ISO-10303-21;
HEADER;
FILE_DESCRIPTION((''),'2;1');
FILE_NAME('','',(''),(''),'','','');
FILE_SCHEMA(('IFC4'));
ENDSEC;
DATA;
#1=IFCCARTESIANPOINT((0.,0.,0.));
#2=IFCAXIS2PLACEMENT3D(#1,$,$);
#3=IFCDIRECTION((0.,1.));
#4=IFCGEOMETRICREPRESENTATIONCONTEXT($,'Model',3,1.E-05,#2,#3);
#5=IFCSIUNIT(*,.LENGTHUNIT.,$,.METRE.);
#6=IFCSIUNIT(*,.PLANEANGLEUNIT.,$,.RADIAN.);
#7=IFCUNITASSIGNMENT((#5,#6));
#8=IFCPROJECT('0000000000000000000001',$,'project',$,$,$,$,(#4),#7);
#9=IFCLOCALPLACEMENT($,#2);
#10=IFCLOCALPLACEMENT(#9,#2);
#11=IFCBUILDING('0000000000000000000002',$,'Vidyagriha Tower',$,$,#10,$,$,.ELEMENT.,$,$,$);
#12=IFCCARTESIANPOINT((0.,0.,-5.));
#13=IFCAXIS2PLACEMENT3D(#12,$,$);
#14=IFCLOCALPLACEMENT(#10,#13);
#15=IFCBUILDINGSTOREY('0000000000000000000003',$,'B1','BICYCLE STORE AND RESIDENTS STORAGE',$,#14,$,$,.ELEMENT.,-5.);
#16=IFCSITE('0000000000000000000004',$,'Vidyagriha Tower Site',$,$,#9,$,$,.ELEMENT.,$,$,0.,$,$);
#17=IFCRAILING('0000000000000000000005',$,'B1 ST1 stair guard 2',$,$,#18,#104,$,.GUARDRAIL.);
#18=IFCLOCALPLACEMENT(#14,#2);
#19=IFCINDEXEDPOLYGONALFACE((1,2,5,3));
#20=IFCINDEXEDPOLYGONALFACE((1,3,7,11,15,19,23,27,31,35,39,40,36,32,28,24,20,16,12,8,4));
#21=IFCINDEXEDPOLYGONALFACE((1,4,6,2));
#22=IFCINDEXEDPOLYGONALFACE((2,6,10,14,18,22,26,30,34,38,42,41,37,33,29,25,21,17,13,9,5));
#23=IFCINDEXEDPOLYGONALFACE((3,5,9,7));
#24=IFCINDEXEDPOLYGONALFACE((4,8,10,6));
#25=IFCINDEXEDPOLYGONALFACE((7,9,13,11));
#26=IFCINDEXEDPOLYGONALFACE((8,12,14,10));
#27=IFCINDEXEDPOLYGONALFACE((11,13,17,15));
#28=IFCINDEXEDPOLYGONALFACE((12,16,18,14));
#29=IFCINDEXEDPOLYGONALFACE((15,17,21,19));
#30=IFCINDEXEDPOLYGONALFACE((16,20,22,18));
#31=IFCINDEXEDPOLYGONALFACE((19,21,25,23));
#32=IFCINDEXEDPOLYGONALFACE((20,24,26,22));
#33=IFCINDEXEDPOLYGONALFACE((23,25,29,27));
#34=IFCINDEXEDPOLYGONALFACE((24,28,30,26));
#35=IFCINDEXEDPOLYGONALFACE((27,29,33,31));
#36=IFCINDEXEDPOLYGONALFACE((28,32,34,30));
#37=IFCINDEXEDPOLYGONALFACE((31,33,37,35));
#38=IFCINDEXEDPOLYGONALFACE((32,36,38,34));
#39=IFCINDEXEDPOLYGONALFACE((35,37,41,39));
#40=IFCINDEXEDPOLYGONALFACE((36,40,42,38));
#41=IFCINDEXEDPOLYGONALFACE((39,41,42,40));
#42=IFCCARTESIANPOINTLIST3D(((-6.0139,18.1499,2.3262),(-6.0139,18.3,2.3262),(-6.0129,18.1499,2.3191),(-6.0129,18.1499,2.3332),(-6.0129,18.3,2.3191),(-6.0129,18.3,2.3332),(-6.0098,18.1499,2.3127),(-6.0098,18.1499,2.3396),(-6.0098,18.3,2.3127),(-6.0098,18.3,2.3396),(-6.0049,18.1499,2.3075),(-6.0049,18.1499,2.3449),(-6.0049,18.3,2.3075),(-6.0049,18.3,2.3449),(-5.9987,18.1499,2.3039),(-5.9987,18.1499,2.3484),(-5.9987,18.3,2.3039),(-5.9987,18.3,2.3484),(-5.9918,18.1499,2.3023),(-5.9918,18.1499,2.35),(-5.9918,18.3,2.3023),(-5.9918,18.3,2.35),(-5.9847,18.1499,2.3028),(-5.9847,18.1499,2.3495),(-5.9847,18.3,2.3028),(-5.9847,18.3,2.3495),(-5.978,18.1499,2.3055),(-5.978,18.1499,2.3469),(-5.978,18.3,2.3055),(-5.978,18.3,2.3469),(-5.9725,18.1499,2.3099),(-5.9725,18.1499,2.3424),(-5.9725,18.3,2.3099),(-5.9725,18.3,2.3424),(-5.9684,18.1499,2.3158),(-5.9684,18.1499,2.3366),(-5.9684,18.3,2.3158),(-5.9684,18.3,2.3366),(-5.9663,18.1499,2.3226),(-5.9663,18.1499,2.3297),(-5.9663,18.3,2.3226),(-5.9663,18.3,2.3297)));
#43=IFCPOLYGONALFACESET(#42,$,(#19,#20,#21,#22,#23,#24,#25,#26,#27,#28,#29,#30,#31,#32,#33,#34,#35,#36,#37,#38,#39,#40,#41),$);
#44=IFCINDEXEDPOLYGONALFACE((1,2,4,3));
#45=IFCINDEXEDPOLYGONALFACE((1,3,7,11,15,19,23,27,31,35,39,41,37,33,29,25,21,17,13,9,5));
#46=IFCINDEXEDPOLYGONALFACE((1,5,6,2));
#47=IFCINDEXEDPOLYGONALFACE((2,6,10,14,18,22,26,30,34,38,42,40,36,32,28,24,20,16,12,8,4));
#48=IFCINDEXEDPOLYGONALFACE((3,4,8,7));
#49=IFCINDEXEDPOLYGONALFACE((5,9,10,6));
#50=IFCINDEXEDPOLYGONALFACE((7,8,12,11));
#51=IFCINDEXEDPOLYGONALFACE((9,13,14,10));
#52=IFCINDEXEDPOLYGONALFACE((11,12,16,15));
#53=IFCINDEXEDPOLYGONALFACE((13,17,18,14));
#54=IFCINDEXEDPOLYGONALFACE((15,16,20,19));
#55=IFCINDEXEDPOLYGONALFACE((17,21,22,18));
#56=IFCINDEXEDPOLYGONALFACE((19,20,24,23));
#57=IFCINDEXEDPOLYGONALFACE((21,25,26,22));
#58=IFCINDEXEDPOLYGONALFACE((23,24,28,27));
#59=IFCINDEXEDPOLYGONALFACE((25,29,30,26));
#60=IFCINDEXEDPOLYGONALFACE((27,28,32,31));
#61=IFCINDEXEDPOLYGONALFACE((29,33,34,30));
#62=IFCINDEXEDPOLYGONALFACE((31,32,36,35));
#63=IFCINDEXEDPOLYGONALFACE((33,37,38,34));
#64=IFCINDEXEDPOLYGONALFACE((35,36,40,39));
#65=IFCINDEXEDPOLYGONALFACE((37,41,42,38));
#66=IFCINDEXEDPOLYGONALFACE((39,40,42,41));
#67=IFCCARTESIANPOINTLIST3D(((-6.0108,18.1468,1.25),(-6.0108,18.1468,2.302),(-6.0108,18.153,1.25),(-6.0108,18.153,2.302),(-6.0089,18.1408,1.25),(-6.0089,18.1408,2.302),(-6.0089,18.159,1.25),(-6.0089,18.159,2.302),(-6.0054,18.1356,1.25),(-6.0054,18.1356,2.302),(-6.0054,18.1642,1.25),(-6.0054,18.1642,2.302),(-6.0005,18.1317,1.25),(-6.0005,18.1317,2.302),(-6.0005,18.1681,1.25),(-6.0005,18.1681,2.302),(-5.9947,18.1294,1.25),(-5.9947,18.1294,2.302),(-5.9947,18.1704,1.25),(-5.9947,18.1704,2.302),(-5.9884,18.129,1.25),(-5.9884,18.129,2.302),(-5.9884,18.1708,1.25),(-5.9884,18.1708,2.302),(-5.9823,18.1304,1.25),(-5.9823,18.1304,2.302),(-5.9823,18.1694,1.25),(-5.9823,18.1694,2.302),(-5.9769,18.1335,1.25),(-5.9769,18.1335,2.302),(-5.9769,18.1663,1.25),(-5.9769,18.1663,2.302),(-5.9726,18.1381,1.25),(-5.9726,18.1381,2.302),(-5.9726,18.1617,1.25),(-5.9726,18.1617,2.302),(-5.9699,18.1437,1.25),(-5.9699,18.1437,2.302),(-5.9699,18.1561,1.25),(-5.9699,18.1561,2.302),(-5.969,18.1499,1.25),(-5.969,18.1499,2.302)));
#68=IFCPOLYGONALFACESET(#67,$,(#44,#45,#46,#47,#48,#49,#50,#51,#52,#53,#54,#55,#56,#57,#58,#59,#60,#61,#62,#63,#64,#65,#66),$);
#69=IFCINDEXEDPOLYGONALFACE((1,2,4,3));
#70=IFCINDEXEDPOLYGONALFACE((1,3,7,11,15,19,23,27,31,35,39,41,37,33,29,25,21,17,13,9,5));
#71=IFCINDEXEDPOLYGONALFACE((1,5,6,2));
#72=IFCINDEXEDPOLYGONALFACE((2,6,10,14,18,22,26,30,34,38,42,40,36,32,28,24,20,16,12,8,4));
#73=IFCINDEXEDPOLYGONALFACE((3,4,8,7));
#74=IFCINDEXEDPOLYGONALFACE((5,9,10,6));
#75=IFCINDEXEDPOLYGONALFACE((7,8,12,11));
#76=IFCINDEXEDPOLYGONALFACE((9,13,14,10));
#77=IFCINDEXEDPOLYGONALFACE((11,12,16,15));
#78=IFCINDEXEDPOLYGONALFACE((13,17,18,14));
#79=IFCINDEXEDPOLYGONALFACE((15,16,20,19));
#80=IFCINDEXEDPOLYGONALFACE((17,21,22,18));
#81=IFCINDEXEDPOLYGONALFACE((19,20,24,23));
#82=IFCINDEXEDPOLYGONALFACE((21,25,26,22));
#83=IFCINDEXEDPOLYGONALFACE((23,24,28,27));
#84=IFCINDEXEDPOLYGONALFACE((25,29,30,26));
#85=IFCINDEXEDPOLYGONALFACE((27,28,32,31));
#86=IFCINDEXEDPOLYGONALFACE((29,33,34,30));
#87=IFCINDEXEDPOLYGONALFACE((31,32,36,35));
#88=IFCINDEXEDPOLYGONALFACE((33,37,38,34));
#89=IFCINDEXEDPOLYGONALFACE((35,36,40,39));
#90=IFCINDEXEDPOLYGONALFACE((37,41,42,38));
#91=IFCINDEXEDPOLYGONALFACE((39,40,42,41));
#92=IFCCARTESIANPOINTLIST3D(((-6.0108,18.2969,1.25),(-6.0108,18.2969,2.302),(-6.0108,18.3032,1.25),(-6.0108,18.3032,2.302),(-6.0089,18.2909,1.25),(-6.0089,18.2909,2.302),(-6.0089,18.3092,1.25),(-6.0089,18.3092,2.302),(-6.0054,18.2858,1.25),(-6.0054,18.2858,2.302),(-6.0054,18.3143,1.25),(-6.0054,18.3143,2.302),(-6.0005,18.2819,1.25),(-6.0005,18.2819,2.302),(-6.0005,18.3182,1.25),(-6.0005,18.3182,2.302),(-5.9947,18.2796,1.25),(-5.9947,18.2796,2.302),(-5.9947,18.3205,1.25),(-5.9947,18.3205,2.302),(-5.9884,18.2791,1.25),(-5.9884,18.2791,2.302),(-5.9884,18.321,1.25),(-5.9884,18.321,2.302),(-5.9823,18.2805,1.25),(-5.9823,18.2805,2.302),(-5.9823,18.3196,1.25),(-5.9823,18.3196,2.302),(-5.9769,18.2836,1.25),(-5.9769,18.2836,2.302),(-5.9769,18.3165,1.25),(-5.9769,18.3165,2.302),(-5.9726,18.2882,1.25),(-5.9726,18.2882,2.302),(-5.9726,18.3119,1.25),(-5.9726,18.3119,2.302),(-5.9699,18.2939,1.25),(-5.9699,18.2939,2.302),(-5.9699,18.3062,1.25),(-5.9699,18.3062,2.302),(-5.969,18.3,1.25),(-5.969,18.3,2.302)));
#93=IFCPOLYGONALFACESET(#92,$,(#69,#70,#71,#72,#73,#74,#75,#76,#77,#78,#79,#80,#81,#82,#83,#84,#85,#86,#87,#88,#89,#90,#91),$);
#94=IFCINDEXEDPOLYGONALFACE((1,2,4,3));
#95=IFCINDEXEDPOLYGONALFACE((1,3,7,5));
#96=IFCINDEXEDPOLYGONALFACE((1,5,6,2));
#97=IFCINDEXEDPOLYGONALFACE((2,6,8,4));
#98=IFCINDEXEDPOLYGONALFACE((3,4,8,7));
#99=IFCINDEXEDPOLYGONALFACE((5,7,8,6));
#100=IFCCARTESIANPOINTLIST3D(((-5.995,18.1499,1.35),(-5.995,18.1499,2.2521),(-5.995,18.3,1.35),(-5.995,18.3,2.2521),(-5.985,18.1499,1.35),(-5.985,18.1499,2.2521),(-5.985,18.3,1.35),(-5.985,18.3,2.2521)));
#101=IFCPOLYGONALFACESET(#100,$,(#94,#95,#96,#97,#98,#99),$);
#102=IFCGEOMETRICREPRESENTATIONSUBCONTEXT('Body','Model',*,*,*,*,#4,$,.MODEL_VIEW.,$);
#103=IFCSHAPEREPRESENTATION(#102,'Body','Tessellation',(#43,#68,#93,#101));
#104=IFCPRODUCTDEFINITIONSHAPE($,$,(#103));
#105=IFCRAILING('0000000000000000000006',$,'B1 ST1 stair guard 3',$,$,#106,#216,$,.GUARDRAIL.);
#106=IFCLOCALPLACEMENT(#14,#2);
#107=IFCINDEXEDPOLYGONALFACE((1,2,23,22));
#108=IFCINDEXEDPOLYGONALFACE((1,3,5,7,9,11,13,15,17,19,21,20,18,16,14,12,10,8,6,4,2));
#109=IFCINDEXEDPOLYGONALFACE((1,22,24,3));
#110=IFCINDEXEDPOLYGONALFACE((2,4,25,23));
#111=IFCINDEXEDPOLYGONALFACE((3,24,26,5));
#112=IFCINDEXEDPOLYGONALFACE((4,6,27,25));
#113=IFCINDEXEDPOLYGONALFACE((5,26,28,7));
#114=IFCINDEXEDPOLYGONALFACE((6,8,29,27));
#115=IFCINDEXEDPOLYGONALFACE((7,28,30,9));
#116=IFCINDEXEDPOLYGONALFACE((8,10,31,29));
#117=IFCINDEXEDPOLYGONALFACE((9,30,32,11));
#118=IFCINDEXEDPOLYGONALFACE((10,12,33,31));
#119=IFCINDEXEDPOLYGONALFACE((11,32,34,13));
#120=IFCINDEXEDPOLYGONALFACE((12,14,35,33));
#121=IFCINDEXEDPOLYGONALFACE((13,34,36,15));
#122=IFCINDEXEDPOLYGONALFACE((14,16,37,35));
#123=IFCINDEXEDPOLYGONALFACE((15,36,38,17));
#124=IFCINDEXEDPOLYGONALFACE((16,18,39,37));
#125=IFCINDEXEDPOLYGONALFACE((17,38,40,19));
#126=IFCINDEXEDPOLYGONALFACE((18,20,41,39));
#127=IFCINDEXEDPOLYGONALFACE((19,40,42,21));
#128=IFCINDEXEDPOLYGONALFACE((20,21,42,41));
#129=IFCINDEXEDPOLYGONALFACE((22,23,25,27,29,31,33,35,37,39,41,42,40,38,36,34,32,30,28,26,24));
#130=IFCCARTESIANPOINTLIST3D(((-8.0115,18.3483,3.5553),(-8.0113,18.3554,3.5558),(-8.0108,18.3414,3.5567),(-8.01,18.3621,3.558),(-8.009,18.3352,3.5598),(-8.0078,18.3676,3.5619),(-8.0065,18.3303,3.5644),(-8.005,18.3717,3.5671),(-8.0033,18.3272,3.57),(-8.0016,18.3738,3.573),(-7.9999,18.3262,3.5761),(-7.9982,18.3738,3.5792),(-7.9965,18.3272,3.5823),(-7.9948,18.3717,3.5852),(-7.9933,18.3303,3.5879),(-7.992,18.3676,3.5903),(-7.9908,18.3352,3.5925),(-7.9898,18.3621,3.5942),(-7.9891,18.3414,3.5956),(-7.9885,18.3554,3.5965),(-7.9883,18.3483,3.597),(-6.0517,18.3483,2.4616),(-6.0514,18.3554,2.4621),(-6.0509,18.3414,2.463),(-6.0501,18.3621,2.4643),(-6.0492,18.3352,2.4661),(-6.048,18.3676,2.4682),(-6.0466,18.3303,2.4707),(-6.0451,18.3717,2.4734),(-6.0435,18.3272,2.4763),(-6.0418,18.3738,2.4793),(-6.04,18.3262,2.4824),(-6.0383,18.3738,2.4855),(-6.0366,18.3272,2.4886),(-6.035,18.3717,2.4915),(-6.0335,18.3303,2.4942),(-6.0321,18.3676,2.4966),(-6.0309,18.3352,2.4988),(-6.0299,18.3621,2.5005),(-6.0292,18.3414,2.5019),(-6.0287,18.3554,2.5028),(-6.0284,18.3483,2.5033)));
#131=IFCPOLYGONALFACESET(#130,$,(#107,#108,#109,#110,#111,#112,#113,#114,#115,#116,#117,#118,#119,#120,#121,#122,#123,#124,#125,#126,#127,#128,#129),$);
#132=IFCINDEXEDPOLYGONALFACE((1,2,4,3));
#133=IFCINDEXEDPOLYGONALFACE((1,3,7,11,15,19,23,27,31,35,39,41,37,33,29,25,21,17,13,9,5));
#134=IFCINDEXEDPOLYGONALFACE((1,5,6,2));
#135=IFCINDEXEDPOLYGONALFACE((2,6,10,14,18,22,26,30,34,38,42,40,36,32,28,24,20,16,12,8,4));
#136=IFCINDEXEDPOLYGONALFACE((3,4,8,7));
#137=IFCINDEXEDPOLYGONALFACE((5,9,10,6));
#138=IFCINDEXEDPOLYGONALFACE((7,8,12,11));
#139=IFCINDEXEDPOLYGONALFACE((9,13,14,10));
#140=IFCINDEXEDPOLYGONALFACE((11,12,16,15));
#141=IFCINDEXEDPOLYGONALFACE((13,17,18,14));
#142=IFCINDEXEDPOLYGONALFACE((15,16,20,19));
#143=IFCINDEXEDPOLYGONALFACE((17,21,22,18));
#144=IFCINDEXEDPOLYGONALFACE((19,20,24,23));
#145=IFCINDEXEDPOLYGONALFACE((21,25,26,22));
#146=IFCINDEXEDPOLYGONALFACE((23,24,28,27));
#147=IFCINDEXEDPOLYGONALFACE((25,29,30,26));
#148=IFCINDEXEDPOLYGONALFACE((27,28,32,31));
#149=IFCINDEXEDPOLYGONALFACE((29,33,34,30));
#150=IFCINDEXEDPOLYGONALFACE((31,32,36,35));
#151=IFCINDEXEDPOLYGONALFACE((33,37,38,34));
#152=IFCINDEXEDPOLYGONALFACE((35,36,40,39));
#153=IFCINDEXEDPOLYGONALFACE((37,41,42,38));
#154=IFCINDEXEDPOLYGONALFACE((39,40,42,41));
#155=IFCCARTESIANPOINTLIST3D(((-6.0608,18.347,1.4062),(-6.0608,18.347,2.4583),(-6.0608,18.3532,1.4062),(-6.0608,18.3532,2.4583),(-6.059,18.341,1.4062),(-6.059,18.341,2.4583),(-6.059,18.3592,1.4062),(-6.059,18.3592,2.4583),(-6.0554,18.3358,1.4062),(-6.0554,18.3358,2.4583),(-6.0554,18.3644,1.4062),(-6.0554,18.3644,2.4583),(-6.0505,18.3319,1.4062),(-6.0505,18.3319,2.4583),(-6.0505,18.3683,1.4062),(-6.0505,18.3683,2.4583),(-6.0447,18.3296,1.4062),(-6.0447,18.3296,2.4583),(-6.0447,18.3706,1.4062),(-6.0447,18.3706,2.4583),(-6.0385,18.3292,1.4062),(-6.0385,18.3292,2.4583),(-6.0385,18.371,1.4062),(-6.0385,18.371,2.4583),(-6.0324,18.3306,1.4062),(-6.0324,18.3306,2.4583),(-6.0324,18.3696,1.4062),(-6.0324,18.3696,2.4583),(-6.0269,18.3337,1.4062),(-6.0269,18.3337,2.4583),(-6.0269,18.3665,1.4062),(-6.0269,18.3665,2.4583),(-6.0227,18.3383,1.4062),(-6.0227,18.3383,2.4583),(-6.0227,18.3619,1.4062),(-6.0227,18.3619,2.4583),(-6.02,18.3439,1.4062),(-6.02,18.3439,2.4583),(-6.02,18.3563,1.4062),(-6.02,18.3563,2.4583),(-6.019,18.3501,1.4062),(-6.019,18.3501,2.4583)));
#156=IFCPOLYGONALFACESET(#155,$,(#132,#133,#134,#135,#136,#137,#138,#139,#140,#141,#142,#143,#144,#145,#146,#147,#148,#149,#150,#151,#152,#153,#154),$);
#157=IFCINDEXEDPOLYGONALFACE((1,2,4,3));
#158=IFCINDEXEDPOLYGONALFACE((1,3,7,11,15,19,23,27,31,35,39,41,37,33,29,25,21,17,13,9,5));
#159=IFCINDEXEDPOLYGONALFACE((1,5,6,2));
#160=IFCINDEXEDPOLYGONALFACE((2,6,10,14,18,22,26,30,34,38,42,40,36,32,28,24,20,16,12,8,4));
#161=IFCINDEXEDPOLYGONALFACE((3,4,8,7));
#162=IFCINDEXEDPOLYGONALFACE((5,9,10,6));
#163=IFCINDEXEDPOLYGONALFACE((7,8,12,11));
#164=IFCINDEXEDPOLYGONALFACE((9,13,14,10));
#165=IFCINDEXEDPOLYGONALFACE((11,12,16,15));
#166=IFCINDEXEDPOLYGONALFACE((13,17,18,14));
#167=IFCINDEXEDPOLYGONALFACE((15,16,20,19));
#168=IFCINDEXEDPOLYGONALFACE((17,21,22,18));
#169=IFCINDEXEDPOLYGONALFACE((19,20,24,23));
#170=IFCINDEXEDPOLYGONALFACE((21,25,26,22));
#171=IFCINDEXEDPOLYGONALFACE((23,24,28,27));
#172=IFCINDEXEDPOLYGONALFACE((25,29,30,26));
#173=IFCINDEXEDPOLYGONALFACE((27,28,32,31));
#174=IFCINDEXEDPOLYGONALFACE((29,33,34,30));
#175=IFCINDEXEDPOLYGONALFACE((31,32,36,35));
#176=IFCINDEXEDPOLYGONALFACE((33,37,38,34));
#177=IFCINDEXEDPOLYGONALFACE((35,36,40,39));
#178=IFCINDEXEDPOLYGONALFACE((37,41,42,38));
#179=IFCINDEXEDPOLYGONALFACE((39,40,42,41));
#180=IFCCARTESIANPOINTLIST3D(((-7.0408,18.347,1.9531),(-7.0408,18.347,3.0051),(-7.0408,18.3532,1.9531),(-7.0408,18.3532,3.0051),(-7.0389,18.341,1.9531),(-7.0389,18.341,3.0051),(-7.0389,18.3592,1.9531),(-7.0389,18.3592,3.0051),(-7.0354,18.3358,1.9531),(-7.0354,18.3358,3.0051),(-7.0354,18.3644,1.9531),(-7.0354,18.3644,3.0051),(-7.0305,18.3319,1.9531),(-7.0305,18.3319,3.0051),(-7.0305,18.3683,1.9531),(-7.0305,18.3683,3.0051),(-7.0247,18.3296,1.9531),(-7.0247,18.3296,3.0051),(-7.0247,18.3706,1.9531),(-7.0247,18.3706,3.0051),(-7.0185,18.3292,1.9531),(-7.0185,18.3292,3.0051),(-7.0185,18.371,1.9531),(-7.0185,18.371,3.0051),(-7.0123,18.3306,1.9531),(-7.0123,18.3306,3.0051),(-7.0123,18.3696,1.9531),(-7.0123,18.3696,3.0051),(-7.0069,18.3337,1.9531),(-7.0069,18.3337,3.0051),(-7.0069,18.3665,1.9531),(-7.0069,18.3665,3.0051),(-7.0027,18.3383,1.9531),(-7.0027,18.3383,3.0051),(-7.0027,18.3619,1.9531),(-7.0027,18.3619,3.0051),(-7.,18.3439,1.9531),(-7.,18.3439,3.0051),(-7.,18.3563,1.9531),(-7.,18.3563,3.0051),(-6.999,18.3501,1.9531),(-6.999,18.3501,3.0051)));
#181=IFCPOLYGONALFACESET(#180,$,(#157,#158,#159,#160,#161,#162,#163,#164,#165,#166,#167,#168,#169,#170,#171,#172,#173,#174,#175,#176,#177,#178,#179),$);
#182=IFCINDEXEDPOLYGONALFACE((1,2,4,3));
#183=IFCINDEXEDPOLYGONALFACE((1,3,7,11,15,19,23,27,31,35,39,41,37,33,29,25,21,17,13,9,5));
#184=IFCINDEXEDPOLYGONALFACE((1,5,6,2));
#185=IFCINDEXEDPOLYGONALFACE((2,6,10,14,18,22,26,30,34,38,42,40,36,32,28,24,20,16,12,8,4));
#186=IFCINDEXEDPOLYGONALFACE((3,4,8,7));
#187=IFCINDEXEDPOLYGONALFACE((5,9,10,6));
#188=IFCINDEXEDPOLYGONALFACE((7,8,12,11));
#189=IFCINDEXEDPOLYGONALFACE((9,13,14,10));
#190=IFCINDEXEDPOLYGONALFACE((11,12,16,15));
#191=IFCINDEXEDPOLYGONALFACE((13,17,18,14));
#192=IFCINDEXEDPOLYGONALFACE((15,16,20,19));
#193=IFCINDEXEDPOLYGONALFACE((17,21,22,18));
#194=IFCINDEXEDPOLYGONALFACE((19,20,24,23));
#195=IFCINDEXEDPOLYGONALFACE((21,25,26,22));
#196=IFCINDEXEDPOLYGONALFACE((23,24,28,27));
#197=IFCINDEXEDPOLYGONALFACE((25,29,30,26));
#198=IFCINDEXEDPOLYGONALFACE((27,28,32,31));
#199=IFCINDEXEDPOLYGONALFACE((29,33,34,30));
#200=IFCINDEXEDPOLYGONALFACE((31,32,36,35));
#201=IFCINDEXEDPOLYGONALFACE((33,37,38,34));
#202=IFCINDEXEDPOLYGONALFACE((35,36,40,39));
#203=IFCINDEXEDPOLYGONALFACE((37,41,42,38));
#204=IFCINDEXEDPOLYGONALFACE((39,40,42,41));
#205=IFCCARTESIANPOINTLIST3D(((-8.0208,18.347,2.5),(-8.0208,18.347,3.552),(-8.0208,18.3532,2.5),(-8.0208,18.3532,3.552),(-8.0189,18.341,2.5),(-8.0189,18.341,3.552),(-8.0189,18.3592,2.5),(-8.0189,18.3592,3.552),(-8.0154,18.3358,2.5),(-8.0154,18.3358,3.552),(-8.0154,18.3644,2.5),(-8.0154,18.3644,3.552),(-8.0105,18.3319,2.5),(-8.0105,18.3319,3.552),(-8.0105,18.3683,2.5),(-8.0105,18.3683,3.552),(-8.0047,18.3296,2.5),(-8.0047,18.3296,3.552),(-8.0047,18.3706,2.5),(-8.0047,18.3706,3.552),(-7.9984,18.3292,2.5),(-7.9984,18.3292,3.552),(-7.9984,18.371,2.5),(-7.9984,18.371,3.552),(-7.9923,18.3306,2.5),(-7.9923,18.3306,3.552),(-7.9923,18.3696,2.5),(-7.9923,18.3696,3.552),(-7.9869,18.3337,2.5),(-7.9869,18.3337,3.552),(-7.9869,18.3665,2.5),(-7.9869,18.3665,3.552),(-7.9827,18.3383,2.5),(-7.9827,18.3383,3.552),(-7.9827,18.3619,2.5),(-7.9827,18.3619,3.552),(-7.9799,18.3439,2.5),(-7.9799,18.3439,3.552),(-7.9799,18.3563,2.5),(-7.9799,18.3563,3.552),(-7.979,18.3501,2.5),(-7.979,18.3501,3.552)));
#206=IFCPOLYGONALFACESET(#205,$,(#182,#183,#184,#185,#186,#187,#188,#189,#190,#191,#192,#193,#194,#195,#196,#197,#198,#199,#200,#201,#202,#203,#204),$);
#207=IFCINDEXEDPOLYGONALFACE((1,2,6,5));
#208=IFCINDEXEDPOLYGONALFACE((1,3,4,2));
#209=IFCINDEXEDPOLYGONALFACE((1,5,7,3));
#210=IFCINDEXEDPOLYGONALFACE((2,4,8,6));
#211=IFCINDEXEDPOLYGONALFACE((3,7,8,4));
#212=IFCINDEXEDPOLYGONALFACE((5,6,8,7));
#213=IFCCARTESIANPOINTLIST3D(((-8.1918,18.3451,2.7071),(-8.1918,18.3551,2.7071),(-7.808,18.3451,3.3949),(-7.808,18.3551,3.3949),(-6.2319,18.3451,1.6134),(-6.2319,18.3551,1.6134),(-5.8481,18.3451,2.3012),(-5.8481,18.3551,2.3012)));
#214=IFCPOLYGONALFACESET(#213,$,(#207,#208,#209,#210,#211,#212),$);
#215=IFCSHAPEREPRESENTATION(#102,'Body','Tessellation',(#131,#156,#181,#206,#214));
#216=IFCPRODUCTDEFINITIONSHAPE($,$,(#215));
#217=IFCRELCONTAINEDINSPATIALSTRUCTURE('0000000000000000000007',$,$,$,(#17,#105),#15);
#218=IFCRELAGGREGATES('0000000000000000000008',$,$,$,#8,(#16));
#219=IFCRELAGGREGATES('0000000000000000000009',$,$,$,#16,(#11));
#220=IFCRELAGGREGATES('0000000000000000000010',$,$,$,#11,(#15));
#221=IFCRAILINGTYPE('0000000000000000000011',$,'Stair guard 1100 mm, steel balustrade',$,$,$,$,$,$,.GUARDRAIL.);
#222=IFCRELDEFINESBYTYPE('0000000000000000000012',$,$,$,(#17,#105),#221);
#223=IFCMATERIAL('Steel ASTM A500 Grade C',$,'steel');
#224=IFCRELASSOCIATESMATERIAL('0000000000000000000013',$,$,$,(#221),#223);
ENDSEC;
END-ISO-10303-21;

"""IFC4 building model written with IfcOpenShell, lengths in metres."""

from ifc_helpers import new_model, si_unit, direction, frame, origin, origin_2d, place, context, subcontext, project, spatial, rectangle, circle, extrude, material, type_object, element, save


model = new_model("IFC4")

# Units and contexts
model_context = context("Model", 3, precision=1e-05, world=origin(), true_north=direction((0.0, 1.0)))
body_context = subcontext(model_context, "Body", "Model", "MODEL_VIEW")
ifc_project = project(units=[si_unit("LENGTHUNIT", "METRE"), si_unit("PLANEANGLEUNIT", "RADIAN")], contexts=[model_context])

# Site, building, storey
site_placement = place(None, origin())
site = spatial("IfcSite", under=ifc_project, at=site_placement, Name="Vidyagriha Tower Site", CompositionType="ELEMENT", RefElevation=0.0)
building_placement = place(site_placement, origin())
building = spatial("IfcBuilding", under=site, at=building_placement, Name="Vidyagriha Tower", CompositionType="ELEMENT")
storey_placement = place(building_placement, frame((0.0, 0.0, -5.0)))
storey = spatial("IfcBuildingStorey", under=building, at=storey_placement, Name="B1", Description="BICYCLE STORE AND RESIDENTS STORAGE", CompositionType="ELEMENT", Elevation=-5.0)

# Railings
ifc_material_1 = material(Name="Steel ASTM A500 Grade C", Category="steel")
railing_type_1 = type_object("IfcRailingType", Name="Stair guard 1100 mm, steel balustrade", PredefinedType="GUARDRAIL", material=ifc_material_1)
railing_1_placement = place(storey_placement, frame((-5.99, 18.1499, 1.25)))
element("IfcRailing", 1, at=railing_1_placement, inside=storey, type_object=railing_type_1, Name="B1 ST1 stair guard 2", PredefinedType="GUARDRAIL", context=body_context, shape_type="SweptSolid", body=[
    extrude(circle(Radius=0.0239, at=origin_2d()), frame((0.0, 0.0, 1.0762), z_axis=(0.0, 1.0, 0.0), x_axis=(-1.0, 0.0, 0.0)), (0.0, 0.0, 1.0), 0.1501),
    extrude(circle(Radius=0.021, at=origin_2d()), origin(), (0.0, 0.0, 1.0), 1.052),
    extrude(circle(Radius=0.021, at=origin_2d()), frame((0.0, 0.1501, 0.0)), (0.0, 0.0, 1.0), 1.052),
    extrude(rectangle(XDim=0.01, YDim=0.9021, at=origin_2d()), frame((0.0, 0.0, 0.551), z_axis=(0.0, 1.0, 0.0), x_axis=(-1.0, 0.0, 0.0)), (0.0, 0.0, 1.0), 0.1501),
])
railing_2_placement = place(storey_placement, frame((-6.04, 18.3501, 1.4062)))
element("IfcRailing", 2, at=railing_2_placement, inside=storey, type_object=railing_type_1, Name="B1 ST1 stair guard 3", PredefinedType="GUARDRAIL", context=body_context, shape_type="SweptSolid", body=[
    extrude(circle(Radius=0.0239, at=origin_2d()), frame((0.0, 0.0, 1.0762), z_axis=(-0.873232, 0.0, 0.487304), x_axis=(0.0, -1.0, 0.0)), (0.0, 0.0, 1.0), 2.2444),
    extrude(circle(Radius=0.021, at=origin_2d()), origin(), (0.0, 0.0, 1.0), 1.052),
    extrude(circle(Radius=0.021, at=origin_2d()), frame((-0.98, 0.0, 0.5469)), (0.0, 0.0, 1.0), 1.052),
    extrude(circle(Radius=0.021, at=origin_2d()), frame((-1.96, 0.0, 1.0938)), (0.0, 0.0, 1.0), 1.052),
    extrude(rectangle(XDim=0.01, YDim=0.7876, at=origin_2d()), frame((0.0, 0.0, 0.551), z_axis=(-0.873232, 0.0, 0.487304), x_axis=(0.0, -1.0, 0.0)), (0.0, 0.0, 1.0), 2.2444),
])

save(model, "model.ifc")
